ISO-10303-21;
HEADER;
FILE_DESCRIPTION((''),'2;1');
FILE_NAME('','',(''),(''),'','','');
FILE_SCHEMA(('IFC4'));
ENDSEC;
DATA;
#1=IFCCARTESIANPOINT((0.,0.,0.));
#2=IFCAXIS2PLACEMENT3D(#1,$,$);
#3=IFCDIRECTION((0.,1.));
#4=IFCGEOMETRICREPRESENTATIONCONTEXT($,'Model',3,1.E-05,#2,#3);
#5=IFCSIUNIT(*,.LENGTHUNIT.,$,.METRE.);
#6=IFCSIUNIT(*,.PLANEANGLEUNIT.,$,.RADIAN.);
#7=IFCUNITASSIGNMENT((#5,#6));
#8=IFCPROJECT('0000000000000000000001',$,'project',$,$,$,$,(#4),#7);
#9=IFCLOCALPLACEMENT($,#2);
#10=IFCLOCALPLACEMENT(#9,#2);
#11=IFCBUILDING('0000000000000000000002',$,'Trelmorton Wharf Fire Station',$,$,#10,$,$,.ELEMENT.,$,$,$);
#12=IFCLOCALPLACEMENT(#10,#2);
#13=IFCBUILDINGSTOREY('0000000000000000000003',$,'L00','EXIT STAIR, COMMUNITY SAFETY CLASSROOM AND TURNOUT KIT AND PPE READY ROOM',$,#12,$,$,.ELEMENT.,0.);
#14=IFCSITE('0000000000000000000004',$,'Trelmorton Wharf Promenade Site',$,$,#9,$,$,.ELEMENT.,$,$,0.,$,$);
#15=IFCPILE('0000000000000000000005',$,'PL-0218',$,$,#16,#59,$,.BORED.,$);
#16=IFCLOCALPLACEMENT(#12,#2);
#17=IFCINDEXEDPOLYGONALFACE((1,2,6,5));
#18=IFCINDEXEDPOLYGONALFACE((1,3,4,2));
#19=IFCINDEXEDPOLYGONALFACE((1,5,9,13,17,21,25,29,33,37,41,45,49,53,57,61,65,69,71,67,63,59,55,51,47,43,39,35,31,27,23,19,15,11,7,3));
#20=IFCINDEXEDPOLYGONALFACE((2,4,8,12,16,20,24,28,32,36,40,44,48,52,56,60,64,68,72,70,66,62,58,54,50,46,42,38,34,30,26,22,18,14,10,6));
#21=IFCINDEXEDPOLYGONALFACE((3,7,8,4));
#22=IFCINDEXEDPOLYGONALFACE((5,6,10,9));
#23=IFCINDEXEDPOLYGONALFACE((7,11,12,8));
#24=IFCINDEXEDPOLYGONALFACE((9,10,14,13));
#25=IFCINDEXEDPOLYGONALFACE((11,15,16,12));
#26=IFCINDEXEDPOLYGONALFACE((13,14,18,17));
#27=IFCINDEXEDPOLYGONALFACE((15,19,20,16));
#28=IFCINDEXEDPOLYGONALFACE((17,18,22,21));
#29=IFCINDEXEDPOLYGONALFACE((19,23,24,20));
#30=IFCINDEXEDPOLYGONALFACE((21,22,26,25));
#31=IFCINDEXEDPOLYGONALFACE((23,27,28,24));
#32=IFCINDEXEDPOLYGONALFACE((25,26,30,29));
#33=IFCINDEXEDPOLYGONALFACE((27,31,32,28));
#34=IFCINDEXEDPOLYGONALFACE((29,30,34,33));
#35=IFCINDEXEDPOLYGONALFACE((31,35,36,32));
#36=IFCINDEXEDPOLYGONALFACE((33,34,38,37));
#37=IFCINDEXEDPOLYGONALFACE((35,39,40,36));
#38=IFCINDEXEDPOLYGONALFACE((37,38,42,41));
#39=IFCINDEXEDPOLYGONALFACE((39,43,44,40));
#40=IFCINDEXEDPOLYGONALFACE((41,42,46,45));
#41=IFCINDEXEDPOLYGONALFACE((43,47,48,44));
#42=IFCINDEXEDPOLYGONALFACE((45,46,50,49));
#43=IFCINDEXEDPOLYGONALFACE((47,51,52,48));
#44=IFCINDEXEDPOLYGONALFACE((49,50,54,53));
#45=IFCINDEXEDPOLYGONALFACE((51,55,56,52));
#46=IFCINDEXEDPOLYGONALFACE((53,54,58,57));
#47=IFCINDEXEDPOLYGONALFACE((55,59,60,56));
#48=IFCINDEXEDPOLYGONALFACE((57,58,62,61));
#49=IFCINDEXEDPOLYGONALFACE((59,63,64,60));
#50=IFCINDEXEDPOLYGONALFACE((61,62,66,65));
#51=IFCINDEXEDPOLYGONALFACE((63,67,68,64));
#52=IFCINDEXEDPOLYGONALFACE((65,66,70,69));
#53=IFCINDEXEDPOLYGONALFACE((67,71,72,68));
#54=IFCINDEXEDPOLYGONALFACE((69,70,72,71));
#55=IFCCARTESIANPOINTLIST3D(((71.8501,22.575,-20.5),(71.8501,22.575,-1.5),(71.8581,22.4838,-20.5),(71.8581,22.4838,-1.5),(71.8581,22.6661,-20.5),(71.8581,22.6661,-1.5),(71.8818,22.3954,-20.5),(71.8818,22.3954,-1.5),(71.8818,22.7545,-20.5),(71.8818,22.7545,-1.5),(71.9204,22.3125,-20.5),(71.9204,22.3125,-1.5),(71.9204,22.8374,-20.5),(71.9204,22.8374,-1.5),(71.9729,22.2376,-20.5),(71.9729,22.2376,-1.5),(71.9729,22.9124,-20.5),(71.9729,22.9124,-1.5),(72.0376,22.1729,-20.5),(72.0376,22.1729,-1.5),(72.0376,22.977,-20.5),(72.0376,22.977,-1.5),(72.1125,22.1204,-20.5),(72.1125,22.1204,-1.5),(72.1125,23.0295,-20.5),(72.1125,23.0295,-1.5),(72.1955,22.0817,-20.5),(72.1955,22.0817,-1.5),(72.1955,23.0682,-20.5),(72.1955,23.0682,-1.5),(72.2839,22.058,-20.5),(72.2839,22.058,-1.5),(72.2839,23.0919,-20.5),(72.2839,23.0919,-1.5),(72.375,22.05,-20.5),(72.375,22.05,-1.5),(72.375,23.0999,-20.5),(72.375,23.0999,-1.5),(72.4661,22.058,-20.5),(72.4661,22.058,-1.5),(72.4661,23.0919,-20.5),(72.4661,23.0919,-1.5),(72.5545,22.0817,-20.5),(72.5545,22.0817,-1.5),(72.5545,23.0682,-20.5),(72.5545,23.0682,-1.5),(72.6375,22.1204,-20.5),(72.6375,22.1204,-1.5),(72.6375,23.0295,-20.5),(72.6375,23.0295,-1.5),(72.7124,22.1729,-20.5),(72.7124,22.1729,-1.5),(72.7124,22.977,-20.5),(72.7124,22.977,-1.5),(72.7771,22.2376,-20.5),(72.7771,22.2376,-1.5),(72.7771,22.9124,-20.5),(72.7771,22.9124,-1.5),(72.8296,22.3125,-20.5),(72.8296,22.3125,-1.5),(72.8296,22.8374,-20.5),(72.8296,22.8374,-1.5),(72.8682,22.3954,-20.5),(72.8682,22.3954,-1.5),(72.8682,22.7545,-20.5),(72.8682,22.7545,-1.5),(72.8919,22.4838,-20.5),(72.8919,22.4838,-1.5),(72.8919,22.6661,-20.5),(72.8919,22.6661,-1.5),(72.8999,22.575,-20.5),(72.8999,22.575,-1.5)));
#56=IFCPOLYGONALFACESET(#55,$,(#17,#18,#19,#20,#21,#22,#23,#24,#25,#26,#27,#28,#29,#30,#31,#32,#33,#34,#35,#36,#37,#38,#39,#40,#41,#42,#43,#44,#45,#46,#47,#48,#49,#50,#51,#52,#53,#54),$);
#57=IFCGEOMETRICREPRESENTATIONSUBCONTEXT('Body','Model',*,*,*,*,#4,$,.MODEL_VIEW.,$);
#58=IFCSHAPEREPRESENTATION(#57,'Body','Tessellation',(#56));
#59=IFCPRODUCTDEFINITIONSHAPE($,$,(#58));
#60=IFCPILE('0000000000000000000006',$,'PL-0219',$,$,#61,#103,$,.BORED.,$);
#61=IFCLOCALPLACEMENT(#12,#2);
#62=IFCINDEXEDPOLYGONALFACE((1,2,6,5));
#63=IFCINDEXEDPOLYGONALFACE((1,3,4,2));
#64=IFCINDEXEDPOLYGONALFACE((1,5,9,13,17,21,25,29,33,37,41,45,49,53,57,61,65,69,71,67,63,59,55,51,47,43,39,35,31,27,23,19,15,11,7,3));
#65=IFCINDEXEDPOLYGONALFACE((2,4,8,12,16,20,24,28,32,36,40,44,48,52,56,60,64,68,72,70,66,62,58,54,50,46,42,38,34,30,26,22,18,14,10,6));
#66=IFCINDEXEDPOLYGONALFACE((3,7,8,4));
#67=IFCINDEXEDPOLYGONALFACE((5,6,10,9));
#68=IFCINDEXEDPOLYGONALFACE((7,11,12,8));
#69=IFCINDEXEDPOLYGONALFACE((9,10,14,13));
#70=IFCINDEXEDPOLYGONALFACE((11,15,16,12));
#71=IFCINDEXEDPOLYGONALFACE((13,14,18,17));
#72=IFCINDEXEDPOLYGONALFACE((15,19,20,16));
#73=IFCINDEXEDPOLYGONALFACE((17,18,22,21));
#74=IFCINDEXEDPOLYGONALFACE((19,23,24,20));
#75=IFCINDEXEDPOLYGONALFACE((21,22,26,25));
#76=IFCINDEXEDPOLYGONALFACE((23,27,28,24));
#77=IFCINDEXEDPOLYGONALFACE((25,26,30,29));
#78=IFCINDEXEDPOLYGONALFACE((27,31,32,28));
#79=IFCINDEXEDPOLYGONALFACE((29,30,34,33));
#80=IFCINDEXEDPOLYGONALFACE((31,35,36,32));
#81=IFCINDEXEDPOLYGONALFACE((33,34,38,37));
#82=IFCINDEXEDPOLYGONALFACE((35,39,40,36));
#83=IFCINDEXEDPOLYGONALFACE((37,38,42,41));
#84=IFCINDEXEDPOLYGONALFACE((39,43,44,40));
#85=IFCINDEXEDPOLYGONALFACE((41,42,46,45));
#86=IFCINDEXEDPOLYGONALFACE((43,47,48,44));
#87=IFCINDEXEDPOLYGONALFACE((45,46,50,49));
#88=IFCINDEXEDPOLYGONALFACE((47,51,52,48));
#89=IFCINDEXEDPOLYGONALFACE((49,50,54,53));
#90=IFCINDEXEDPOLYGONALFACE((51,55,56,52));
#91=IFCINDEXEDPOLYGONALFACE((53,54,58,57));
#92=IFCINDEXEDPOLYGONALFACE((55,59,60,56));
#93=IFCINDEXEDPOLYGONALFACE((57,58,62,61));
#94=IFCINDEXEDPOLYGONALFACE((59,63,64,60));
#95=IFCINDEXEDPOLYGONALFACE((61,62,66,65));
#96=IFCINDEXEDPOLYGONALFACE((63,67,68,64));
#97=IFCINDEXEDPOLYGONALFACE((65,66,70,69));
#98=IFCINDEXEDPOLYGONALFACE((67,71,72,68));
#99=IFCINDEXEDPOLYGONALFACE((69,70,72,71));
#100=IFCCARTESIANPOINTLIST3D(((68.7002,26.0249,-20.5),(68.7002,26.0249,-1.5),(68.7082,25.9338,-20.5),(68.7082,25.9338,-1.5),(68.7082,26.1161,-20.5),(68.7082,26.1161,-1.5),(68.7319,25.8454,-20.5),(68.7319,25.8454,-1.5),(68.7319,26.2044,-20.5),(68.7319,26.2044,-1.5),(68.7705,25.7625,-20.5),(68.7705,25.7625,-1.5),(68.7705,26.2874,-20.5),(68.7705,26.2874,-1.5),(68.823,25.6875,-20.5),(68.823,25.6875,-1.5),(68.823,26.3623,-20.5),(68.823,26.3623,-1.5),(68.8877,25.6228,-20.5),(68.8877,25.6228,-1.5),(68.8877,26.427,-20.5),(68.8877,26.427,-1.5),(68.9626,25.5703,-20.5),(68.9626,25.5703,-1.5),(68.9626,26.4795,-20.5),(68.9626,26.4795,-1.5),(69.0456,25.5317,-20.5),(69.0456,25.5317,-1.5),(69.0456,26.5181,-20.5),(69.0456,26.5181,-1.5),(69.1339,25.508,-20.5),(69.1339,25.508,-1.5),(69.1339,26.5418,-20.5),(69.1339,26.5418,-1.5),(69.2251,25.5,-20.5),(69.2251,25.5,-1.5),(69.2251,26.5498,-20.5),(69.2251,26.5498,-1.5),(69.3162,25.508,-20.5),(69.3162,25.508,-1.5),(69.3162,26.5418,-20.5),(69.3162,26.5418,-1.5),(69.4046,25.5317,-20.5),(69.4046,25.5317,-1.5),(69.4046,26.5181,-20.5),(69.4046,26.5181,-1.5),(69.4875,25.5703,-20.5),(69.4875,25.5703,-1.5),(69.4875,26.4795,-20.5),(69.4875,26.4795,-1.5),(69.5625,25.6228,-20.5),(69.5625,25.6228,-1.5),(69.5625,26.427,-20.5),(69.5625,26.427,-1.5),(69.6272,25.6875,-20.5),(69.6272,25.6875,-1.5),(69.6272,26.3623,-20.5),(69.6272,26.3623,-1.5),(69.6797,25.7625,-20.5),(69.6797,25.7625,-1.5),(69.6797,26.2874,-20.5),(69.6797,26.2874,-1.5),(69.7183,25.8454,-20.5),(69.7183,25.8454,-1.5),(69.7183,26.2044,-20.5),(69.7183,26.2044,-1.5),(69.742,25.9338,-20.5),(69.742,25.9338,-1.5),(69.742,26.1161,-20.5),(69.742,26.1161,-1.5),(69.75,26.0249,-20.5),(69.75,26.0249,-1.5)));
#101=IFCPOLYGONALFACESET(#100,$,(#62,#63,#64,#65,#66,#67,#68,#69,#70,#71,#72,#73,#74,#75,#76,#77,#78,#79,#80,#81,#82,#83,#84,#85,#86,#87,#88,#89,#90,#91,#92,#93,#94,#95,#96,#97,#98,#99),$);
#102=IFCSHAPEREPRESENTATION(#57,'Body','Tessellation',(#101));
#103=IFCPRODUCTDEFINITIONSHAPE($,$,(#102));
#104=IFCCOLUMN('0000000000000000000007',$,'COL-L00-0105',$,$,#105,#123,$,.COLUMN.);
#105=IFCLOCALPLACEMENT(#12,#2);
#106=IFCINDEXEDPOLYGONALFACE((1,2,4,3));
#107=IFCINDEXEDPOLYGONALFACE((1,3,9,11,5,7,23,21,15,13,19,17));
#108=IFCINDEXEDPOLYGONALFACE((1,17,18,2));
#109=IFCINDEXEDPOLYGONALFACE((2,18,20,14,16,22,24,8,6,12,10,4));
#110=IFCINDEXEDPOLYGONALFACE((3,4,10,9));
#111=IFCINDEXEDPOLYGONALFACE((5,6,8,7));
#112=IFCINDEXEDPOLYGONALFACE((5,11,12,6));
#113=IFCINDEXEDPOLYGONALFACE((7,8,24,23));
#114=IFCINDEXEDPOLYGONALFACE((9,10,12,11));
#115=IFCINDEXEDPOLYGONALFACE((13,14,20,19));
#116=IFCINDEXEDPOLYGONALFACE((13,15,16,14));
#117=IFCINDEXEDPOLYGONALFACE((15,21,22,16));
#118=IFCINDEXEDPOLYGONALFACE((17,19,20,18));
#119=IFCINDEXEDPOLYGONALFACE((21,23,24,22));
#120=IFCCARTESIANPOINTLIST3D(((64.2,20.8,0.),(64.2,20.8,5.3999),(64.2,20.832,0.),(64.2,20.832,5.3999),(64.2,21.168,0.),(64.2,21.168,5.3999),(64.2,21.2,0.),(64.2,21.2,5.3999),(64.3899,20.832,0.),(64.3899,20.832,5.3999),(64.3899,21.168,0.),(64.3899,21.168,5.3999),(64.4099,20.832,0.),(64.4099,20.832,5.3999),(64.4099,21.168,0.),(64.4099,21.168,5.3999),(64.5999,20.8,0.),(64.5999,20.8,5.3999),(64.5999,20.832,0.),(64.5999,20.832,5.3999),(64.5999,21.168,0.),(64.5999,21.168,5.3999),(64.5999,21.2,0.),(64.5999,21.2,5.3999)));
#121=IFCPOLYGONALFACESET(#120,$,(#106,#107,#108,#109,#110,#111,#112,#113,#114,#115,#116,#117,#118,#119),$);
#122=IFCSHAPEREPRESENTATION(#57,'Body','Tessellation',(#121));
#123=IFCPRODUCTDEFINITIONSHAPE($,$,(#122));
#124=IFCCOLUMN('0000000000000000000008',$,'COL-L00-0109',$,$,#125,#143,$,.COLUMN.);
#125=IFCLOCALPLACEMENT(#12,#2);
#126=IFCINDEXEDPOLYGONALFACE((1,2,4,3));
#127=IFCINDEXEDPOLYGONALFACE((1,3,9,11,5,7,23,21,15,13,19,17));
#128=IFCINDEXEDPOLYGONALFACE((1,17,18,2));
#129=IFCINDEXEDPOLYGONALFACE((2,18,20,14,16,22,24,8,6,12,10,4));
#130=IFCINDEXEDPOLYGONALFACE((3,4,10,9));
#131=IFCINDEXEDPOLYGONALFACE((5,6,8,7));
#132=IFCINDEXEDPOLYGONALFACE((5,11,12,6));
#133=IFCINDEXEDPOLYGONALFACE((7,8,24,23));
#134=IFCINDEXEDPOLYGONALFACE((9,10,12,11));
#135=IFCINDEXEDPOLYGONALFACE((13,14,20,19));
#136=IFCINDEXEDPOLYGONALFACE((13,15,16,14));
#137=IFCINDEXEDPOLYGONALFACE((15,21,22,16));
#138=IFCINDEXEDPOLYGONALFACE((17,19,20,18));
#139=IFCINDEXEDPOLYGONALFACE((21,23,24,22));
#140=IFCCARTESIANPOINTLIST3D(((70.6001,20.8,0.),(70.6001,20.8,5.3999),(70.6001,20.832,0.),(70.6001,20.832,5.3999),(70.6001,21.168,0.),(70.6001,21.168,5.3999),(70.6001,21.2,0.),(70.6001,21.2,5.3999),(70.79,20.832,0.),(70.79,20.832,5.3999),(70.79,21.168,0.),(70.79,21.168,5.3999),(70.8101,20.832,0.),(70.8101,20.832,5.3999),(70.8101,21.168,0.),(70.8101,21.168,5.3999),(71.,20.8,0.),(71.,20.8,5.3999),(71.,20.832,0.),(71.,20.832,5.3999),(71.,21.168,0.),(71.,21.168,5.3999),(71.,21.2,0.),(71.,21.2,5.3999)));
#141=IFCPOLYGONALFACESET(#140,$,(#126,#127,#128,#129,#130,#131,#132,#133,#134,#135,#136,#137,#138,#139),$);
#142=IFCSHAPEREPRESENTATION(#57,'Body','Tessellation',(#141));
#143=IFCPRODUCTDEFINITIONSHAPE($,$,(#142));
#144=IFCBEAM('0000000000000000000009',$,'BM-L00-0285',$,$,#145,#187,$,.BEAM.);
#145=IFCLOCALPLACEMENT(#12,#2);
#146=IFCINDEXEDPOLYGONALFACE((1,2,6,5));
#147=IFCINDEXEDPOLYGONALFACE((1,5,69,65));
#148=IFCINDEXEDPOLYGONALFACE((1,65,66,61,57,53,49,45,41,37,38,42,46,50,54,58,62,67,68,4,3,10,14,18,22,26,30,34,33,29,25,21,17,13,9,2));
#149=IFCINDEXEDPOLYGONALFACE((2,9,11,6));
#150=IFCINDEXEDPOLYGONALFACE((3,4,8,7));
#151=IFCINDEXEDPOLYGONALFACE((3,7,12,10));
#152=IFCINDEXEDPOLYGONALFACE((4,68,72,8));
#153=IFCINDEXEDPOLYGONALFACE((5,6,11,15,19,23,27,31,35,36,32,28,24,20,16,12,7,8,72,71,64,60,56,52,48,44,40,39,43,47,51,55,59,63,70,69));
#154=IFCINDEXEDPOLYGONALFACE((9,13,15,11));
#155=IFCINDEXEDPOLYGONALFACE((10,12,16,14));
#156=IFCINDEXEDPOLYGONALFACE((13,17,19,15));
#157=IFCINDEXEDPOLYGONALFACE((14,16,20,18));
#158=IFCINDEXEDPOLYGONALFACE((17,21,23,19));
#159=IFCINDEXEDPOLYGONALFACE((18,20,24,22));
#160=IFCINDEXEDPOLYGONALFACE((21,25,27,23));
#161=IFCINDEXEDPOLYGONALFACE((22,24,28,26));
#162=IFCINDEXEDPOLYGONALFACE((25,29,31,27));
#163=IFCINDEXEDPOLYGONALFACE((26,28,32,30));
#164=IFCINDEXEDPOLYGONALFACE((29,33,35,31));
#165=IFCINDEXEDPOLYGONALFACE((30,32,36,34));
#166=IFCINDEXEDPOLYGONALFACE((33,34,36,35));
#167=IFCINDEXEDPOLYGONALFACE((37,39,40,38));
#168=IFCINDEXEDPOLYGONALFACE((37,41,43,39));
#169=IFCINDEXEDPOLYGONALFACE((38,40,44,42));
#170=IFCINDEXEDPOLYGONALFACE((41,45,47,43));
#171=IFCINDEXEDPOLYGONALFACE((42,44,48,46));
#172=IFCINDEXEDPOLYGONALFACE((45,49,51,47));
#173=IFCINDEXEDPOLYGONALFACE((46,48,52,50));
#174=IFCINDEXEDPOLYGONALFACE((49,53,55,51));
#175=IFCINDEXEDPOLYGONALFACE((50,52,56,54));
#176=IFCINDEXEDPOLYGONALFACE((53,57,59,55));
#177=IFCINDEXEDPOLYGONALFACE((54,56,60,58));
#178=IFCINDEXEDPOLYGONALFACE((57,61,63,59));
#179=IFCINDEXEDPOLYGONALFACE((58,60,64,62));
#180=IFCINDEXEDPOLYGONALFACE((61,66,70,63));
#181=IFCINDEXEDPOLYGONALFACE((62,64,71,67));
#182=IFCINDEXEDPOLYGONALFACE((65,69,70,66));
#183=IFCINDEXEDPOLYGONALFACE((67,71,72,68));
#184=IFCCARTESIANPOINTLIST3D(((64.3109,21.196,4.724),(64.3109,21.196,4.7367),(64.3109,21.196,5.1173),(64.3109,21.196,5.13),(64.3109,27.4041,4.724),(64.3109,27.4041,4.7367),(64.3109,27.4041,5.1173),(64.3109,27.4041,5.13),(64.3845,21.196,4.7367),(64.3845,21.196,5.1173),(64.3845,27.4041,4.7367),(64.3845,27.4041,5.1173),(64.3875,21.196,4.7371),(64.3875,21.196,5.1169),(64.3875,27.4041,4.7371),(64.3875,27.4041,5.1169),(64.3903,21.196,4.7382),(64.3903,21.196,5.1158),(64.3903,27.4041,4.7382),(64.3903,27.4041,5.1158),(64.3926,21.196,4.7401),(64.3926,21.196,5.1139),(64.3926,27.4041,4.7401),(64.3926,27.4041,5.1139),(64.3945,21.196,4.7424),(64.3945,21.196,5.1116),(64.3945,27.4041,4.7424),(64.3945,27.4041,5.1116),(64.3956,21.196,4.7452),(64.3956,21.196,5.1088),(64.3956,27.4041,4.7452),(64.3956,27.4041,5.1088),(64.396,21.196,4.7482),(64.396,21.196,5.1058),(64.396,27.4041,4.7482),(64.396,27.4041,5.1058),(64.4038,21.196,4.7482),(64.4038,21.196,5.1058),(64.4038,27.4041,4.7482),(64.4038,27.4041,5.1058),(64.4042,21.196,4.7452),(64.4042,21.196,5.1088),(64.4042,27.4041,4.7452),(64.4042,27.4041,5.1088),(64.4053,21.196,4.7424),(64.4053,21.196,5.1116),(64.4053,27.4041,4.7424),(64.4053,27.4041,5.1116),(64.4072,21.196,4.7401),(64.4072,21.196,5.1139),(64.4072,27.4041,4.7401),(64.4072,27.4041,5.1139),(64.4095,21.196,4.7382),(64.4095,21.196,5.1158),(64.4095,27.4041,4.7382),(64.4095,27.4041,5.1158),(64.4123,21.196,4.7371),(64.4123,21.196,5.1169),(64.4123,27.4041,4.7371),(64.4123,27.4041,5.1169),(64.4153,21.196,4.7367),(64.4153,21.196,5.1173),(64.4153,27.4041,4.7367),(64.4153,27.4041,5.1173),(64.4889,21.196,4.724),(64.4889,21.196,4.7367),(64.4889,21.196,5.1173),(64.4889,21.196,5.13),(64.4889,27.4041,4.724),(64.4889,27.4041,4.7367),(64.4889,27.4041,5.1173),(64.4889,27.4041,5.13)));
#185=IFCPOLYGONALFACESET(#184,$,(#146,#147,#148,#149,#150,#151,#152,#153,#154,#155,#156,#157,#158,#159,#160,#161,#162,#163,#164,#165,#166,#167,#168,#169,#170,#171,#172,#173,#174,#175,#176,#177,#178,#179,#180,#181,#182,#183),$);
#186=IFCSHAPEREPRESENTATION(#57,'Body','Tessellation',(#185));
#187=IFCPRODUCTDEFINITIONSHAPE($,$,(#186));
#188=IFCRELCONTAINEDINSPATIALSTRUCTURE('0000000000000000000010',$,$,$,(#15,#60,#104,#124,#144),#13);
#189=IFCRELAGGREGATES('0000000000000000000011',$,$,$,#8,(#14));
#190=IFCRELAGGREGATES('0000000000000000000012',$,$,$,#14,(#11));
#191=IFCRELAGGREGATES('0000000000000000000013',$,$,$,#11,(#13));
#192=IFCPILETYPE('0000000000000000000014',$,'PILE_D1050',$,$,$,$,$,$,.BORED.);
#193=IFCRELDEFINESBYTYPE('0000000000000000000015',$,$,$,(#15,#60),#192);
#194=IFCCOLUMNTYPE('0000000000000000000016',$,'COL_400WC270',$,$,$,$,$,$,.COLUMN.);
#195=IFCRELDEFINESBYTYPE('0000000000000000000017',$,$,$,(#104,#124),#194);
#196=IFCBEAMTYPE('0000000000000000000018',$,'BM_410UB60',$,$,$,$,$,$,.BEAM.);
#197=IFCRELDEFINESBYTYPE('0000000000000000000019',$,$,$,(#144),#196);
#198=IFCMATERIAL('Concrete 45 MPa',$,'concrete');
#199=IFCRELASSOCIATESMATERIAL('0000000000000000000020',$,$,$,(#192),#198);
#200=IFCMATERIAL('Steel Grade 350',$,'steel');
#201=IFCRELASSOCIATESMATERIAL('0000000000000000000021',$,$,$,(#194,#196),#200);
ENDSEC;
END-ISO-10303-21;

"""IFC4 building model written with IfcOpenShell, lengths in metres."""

from ifc_helpers import new_model, si_unit, direction, frame, origin, origin_2d, place, context, subcontext, project, spatial, circle, i_section, extrude, material, material_profile, profile_set, type_object, element, save


model = new_model("IFC4")

# Units and contexts
model_context = context("Model", 3, precision=1e-05, world=origin(), true_north=direction((0.0, 1.0)))
body_context = subcontext(model_context, "Body", "Model", "MODEL_VIEW")
ifc_project = project(units=[si_unit("LENGTHUNIT", "METRE"), si_unit("PLANEANGLEUNIT", "RADIAN")], contexts=[model_context])

# Site, building, storey
site_placement = place(None, origin())
site = spatial("IfcSite", under=ifc_project, at=site_placement, Name="Trelmorton Wharf Promenade Site", CompositionType="ELEMENT", RefElevation=0.0)
building_placement = place(site_placement, origin())
building = spatial("IfcBuilding", under=site, at=building_placement, Name="Trelmorton Wharf Fire Station", CompositionType="ELEMENT")
storey_placement = place(building_placement, origin())
storey = spatial("IfcBuildingStorey", under=building, at=storey_placement, Name="L00", Description="EXIT STAIR, COMMUNITY SAFETY CLASSROOM AND TURNOUT KIT AND PPE READY ROOM", CompositionType="ELEMENT", Elevation=0.0)

# Piles
ifc_material_1 = material(Name="Concrete 45 MPa", Category="concrete")
ifc_material_profile_1 = material_profile(ifc_material_1, circle(Radius=0.5249, at=origin_2d()), Name="PILE-D1050")
ifc_profile_set_1 = profile_set([ifc_material_profile_1], Name="Concrete 45 MPa")
pile_type = type_object("IfcPileType", Name="PILE_D1050", PredefinedType="BORED", material=ifc_profile_set_1)
for number, where, z_axis, x_axis, name in (
    (1, (72.375, 22.575, -1.5), (0.0, 0.0, -1.0), (1.0, 0.0, 0.0), "PL-0218"),
    (2, (69.2251, 26.0249, -1.5), (0.0, 0.0, -1.0), (1.0, 0.0, 0.0), "PL-0219"),
):
    element("IfcPile", number, at=place(storey_placement, frame(where, z_axis=z_axis, x_axis=x_axis)), inside=storey, type_object=pile_type, Name=name, PredefinedType="BORED", context=body_context, shape_type="SweptSolid", body=[
        extrude(circle(Radius=0.5249, at=origin_2d()), origin(), (0.0, 0.0, 1.0), 19.0),
    ])

# Columns
ifc_material_2 = material(Name="Steel Grade 350", Category="steel")
ifc_material_profile_2 = material_profile(ifc_material_2, i_section(OverallWidth=0.3999, OverallDepth=0.3999, WebThickness=0.02, FlangeThickness=0.032, at=origin_2d()), Name="400WC270")
ifc_profile_set_2 = profile_set([ifc_material_profile_2], Name="Steel Grade 350")
column_type = type_object("IfcColumnType", Name="COL_400WC270", PredefinedType="COLUMN", material=ifc_profile_set_2)
for number, where, z_axis, x_axis, name in (
    (3, (64.3999, 21.0, 0.0), (0.0, 0.0, 1.0), (1.0, 0.0, 0.0), "COL-L00-0105"),
    (4, (70.8, 21.0, 0.0), (0.0, 0.0, 1.0), (1.0, 0.0, 0.0), "COL-L00-0109"),
):
    element("IfcColumn", number, at=place(storey_placement, frame(where, z_axis=z_axis, x_axis=x_axis)), inside=storey, type_object=column_type, Name=name, PredefinedType="COLUMN", context=body_context, shape_type="SweptSolid", body=[
        extrude(i_section(OverallWidth=0.3999, OverallDepth=0.3999, WebThickness=0.02, FlangeThickness=0.032, at=origin_2d()), origin(), (0.0, 0.0, 1.0), 5.3999),
    ])

# Beam
ifc_material_profile_3 = material_profile(ifc_material_2, i_section(OverallWidth=0.178, OverallDepth=0.406, WebThickness=0.0078, FlangeThickness=0.0127, FilletRadius=0.0115, at=origin_2d()), Name="410UB59.7")
ifc_profile_set_3 = profile_set([ifc_material_profile_3], Name="Steel Grade 350")
beam_type_1 = type_object("IfcBeamType", Name="BM_410UB60", PredefinedType="BEAM", material=ifc_profile_set_3)
for number, where, z_axis, x_axis, name in (
    (5, (64.3999, 21.196, 4.927), (0.0, 1.0, 0.0), (-1.0, 0.0, 0.0), "BM-L00-0285"),
):
    element("IfcBeam", number, at=place(storey_placement, frame(where, z_axis=z_axis, x_axis=x_axis)), inside=storey, type_object=beam_type_1, Name=name, PredefinedType="BEAM", context=body_context, shape_type="SweptSolid", body=[
        extrude(i_section(OverallWidth=0.178, OverallDepth=0.406, WebThickness=0.0078, FlangeThickness=0.0127, FilletRadius=0.0115, at=origin_2d()), origin(), (0.0, 0.0, 1.0), 6.208),
    ])

save(model, "model.ifc")
